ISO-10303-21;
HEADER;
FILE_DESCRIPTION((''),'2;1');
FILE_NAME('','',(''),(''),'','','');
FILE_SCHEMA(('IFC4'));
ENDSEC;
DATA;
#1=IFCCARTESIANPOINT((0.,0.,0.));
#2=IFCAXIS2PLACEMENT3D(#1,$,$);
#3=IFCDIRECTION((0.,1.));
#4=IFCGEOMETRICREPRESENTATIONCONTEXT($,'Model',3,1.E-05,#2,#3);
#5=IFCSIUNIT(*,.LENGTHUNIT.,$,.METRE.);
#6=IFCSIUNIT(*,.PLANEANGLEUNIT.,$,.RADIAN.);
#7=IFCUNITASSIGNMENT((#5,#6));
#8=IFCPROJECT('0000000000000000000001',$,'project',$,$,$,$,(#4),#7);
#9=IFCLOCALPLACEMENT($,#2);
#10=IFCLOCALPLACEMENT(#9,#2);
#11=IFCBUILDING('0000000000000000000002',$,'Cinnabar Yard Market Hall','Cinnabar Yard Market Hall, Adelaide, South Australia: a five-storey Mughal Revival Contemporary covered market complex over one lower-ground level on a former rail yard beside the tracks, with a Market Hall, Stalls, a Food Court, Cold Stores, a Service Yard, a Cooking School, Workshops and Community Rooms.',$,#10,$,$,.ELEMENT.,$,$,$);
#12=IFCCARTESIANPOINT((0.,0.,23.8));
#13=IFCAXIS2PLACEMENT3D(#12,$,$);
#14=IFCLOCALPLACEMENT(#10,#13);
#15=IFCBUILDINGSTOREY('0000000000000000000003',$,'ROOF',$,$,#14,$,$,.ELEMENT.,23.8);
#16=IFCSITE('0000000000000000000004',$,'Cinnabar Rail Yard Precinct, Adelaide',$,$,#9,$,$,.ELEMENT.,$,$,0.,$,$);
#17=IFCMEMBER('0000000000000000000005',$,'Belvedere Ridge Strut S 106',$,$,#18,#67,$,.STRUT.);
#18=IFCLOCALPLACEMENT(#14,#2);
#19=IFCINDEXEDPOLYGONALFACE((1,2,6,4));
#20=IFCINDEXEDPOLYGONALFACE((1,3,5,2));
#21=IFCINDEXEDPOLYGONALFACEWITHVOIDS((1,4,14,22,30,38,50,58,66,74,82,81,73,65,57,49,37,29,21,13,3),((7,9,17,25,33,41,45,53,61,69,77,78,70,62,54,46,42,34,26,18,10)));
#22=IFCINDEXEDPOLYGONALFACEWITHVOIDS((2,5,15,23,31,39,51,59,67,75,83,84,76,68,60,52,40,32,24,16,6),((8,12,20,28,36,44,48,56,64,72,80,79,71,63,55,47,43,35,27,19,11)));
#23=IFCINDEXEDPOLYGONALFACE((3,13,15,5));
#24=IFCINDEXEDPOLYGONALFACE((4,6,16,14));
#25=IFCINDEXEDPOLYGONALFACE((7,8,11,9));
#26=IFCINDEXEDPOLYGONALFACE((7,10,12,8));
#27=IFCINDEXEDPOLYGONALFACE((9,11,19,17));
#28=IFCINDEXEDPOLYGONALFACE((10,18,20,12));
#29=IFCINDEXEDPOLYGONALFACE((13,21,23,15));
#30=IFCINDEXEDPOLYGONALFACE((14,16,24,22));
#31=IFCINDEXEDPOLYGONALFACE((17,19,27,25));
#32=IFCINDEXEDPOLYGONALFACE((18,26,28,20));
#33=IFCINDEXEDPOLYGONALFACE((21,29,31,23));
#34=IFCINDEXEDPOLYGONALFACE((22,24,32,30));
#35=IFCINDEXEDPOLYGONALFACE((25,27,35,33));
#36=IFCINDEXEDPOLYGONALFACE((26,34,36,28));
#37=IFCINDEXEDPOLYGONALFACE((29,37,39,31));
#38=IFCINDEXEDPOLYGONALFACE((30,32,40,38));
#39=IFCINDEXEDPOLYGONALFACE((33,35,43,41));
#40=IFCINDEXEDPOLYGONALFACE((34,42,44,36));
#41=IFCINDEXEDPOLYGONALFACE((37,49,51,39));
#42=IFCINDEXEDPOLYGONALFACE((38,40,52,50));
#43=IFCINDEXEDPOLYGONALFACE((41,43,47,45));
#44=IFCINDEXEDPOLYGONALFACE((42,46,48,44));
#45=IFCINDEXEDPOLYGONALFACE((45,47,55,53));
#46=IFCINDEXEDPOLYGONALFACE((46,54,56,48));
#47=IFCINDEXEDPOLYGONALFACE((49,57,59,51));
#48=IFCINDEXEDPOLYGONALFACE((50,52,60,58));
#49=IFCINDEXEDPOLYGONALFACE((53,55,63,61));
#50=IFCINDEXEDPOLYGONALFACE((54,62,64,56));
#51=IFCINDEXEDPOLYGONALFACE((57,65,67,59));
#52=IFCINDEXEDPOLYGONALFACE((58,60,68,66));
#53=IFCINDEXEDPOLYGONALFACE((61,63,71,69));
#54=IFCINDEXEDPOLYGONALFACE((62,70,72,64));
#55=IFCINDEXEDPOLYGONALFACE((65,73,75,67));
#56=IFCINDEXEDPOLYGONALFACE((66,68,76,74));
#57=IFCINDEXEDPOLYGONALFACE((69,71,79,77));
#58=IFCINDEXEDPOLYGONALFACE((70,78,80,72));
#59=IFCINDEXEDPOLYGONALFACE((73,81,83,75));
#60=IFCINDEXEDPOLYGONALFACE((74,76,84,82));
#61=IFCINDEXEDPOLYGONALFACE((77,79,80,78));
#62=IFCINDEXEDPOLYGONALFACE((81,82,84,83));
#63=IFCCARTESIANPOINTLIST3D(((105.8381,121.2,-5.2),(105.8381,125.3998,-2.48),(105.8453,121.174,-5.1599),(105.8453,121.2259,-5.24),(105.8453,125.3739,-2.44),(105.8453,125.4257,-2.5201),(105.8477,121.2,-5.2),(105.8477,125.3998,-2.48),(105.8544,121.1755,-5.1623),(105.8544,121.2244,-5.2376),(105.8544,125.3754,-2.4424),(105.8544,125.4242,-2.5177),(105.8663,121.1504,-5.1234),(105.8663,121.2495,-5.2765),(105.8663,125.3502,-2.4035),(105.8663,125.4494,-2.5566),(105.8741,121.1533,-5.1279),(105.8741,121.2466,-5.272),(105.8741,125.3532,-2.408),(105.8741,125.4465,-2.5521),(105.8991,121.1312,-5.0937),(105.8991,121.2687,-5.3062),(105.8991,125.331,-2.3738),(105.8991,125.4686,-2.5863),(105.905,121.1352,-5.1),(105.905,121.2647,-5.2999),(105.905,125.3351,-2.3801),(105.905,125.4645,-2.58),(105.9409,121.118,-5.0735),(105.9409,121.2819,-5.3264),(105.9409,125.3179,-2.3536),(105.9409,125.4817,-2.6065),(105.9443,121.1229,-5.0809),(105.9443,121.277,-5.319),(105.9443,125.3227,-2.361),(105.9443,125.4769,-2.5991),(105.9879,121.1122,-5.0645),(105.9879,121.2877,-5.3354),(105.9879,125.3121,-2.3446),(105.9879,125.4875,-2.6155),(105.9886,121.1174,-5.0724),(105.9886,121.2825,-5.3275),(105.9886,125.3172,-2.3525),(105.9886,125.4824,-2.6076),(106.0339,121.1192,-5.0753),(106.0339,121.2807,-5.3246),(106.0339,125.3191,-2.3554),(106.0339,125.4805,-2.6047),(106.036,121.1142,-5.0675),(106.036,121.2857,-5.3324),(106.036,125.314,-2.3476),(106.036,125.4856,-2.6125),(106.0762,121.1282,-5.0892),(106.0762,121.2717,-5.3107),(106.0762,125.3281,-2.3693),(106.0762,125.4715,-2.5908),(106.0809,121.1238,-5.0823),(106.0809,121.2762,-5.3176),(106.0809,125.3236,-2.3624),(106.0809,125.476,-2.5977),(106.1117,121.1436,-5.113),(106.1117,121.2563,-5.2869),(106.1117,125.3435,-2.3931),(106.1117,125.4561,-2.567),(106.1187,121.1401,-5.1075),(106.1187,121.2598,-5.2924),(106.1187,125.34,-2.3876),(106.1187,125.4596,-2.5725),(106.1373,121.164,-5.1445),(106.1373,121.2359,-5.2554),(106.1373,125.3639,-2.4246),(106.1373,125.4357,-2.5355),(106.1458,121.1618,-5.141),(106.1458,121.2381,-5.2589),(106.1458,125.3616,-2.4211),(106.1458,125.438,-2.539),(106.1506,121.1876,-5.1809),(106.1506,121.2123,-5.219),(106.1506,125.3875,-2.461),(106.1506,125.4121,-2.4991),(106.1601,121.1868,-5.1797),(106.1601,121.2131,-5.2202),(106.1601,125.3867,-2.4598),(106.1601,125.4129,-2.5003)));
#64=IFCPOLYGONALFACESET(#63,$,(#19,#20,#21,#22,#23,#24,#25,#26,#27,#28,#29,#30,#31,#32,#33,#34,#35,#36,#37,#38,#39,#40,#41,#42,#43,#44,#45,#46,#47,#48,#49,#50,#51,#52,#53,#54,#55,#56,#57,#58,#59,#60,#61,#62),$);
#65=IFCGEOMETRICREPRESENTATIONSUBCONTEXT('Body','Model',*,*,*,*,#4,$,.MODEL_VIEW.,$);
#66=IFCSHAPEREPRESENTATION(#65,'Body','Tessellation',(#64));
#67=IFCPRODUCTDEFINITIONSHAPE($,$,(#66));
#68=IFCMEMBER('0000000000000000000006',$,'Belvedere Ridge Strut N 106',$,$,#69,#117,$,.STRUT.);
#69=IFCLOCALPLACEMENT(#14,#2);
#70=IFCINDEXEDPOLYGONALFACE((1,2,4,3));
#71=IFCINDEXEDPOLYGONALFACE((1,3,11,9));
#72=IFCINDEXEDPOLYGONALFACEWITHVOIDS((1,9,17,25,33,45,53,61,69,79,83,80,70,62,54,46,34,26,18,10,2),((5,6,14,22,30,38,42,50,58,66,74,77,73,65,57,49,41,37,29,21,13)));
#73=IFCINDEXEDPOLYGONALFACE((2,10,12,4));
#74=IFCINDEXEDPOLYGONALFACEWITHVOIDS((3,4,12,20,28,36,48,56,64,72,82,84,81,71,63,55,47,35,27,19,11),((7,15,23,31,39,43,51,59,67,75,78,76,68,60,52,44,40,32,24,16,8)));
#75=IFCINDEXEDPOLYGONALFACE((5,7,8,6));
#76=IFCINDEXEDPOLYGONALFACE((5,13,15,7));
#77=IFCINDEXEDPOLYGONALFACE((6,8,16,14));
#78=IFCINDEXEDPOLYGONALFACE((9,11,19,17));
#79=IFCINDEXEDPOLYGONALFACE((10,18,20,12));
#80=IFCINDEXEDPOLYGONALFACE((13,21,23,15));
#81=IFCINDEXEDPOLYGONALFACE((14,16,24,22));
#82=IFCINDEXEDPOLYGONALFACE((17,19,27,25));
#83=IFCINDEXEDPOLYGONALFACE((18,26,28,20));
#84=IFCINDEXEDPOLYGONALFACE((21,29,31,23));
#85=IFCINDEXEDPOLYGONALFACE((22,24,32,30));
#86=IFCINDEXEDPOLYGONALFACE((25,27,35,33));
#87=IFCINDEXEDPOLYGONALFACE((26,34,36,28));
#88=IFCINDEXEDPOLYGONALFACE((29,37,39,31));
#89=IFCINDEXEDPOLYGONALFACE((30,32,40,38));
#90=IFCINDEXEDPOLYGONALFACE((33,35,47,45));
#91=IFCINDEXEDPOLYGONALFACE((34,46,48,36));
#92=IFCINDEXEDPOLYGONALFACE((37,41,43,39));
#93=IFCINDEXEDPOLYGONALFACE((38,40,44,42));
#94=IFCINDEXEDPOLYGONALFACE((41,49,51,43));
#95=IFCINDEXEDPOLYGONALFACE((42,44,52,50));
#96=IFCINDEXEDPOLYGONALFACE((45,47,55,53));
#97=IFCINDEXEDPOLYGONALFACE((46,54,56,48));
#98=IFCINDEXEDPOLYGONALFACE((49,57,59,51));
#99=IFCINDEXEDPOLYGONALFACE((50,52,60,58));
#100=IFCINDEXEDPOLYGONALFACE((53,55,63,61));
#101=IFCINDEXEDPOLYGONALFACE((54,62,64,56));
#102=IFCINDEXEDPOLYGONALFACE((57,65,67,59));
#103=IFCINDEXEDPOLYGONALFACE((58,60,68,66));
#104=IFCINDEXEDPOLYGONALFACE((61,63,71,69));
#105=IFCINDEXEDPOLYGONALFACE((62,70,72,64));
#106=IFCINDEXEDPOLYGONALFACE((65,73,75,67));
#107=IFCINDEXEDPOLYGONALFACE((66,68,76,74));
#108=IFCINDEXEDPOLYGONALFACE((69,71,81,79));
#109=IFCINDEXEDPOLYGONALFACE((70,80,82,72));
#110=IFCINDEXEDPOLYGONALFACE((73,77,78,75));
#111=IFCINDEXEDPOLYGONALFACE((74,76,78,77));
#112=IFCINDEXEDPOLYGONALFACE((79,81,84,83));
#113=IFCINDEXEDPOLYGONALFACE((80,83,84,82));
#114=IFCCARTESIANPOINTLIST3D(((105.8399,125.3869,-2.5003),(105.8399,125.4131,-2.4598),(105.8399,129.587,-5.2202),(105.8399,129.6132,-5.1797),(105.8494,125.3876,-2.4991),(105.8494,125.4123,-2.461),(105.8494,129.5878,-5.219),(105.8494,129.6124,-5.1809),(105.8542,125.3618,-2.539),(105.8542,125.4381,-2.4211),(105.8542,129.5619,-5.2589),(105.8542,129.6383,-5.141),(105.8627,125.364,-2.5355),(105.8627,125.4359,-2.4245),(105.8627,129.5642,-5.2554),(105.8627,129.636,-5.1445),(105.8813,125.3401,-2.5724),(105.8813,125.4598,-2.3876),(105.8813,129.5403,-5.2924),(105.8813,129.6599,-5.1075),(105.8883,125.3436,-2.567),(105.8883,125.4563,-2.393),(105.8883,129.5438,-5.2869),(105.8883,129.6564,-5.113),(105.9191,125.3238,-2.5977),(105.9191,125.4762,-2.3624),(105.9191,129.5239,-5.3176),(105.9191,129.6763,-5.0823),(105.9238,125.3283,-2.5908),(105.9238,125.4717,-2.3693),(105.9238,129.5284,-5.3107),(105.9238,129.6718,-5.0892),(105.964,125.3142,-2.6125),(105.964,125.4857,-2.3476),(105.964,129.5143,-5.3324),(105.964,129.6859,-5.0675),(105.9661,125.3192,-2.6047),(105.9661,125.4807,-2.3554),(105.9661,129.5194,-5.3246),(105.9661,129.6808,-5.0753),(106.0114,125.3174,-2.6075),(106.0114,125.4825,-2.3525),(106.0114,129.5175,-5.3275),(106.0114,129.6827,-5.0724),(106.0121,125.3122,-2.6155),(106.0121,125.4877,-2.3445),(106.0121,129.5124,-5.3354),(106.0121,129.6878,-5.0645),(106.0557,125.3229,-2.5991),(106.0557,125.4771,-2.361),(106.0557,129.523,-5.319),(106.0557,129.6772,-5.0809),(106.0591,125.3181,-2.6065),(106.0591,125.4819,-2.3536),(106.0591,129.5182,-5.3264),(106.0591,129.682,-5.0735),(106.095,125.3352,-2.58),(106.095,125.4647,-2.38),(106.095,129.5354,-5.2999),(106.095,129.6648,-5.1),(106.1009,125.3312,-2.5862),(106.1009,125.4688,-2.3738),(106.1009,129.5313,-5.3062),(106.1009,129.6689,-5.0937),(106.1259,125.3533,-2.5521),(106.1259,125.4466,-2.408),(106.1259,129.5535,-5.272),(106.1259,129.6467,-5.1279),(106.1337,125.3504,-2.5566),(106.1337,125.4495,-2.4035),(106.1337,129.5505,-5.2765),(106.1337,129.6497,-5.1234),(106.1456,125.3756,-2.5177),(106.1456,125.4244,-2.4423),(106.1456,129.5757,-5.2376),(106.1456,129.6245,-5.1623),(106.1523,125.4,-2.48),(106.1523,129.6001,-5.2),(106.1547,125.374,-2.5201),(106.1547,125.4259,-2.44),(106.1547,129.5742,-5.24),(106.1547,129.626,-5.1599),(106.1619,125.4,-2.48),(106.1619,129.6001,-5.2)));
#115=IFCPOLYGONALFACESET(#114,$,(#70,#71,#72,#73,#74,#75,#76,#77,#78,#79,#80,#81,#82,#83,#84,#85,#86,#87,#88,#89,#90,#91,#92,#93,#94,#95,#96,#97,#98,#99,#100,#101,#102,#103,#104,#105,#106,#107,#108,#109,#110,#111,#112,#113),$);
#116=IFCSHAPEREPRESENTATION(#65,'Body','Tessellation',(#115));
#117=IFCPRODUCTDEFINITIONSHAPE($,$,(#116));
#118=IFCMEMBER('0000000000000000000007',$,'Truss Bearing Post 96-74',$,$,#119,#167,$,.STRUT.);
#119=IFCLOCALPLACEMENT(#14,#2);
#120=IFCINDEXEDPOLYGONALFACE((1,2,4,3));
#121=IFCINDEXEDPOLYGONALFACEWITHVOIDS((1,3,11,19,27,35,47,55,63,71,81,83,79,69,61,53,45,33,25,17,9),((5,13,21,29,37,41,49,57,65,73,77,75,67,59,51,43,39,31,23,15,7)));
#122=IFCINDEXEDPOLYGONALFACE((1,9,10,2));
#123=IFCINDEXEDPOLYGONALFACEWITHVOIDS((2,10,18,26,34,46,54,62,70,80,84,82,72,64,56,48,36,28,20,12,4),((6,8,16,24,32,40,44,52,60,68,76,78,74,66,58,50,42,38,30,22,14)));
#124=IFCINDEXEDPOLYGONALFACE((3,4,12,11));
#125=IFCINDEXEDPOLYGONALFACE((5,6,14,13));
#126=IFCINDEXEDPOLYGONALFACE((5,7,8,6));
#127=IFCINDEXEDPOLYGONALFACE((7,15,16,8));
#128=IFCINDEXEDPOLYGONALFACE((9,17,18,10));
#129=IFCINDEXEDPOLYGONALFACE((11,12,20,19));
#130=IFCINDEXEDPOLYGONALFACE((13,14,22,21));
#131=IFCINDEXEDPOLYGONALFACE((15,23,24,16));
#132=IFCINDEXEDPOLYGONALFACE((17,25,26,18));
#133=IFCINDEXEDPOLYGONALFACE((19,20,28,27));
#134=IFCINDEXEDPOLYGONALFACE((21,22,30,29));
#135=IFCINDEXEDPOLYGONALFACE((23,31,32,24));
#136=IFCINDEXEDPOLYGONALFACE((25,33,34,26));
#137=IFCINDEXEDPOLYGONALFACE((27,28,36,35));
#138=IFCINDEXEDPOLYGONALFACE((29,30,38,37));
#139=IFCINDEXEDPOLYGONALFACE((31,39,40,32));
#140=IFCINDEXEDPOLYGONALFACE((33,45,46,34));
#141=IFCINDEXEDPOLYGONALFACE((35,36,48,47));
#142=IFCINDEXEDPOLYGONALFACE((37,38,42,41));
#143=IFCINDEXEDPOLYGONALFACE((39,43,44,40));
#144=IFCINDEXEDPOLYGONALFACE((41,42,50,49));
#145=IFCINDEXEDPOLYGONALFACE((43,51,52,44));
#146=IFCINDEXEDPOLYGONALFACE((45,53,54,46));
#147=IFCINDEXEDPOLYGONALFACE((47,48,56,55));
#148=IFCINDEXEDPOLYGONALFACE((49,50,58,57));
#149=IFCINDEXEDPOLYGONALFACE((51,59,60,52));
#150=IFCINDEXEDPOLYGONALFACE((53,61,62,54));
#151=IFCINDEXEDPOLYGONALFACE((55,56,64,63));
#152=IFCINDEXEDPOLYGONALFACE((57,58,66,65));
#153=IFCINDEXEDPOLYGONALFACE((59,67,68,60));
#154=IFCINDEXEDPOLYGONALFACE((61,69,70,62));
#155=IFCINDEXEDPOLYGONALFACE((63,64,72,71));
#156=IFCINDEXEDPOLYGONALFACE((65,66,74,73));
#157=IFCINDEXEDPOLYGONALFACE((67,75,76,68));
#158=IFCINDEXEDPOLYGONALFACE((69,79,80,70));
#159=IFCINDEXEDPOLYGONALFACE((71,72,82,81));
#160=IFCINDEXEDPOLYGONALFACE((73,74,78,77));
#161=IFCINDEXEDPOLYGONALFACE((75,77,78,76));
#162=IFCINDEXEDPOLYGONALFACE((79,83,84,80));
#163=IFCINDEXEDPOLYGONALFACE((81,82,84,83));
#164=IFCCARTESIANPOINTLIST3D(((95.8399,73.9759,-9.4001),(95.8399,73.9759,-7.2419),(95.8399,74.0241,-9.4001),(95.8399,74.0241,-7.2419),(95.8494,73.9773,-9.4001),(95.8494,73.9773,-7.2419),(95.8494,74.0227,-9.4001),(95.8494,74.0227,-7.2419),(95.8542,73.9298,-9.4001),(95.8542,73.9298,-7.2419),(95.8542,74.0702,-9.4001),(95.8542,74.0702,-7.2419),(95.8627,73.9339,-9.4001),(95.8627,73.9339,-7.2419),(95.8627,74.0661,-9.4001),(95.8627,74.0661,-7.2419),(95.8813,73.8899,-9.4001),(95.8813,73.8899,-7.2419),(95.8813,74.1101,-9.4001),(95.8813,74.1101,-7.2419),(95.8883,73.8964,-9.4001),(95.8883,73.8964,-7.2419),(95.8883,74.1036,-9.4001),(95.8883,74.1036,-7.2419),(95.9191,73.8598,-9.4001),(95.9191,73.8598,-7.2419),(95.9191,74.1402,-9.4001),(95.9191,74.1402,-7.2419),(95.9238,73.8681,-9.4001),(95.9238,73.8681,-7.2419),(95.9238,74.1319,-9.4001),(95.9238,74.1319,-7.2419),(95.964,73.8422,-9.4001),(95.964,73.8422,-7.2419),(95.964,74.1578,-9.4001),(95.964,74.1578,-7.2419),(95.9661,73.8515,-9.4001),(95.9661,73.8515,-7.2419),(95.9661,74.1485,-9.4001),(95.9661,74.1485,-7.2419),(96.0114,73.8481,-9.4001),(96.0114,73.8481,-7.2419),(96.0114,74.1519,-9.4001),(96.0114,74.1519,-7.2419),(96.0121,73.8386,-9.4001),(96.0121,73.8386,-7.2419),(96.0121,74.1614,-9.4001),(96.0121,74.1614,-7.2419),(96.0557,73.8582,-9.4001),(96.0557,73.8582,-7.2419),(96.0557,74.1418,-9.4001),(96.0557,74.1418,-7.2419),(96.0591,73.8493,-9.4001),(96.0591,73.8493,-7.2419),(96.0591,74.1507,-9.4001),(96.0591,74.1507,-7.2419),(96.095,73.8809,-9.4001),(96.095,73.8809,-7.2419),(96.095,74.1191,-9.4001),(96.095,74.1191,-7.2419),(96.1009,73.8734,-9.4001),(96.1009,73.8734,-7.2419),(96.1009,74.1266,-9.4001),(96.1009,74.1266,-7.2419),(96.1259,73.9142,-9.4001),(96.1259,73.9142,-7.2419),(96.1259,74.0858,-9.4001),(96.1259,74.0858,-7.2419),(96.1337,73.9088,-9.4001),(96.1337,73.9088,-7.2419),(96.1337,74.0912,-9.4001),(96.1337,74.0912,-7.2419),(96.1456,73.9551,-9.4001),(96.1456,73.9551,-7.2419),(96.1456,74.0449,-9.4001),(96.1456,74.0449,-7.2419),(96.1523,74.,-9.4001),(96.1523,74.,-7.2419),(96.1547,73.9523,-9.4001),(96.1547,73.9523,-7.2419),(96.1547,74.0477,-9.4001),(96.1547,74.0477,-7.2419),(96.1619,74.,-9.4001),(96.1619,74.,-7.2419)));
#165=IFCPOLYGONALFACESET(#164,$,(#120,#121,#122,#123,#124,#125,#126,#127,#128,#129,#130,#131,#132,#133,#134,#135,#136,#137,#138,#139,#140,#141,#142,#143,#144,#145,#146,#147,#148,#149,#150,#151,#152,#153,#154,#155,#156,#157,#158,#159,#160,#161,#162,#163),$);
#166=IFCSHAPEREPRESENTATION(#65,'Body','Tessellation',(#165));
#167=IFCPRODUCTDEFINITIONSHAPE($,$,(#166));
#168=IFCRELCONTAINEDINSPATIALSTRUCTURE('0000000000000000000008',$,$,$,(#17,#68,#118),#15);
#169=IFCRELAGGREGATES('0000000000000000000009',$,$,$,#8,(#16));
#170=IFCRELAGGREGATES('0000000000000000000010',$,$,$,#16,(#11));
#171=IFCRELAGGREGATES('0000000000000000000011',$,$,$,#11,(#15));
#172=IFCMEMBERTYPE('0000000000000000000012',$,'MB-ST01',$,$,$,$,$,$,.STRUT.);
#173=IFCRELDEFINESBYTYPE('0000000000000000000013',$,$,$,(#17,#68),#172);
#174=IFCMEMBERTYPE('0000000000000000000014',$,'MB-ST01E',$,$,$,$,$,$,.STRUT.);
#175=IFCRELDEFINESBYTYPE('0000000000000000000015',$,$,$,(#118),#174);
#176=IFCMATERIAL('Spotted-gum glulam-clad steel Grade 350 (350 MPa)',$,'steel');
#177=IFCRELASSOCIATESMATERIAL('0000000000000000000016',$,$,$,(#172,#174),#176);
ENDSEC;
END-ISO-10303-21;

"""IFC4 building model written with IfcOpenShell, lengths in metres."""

from ifc_helpers import new_model, si_unit, direction, frame, origin, origin_2d_with_axis, place, context, subcontext, project, spatial, hollow_circle, extrude, material, material_profile, profile_set, type_object, element, save


model = new_model("IFC4")

# Units and contexts
model_context = context("Model", 3, precision=1e-05, world=origin(), true_north=direction((0.0, 1.0)))
body_context = subcontext(model_context, "Body", "Model", "MODEL_VIEW")
ifc_project = project(units=[si_unit("LENGTHUNIT", "METRE"), si_unit("PLANEANGLEUNIT", "RADIAN")], contexts=[model_context])

# Site, building, storey
site_placement = place(None, origin())
site = spatial("IfcSite", under=ifc_project, at=site_placement, Name="Cinnabar Rail Yard Precinct, Adelaide", CompositionType="ELEMENT", RefElevation=0.0)
building_placement = place(site_placement, origin())
building = spatial("IfcBuilding", under=site, at=building_placement, Name="Cinnabar Yard Market Hall", Description="Cinnabar Yard Market Hall, Adelaide, South Australia: a five-storey Mughal Revival Contemporary covered market complex over one lower-ground level on a former rail yard beside the tracks, with a Market Hall, Stalls, a Food Court, Cold Stores, a Service Yard, a Cooking School, Workshops and Community Rooms.", CompositionType="ELEMENT")
storey_placement = place(building_placement, frame((0.0, 0.0, 23.8)))
storey = spatial("IfcBuildingStorey", under=building, at=storey_placement, Name="ROOF", CompositionType="ELEMENT", Elevation=23.8)

# Members
ifc_material_1 = material(Name="Spotted-gum glulam-clad steel Grade 350 (350 MPa)", Category="steel")
ifc_material_profile_1 = material_profile(ifc_material_1, hollow_circle(Radius=0.1619, WallThickness=0.0095, at=origin_2d_with_axis()), Name="323.9x9.5CHS")
ifc_profile_set_1 = profile_set([ifc_material_profile_1], Name="Spotted-gum glulam-clad steel Grade 350 (350 MPa)")
member_type_1 = type_object("IfcMemberType", Name="MB-ST01", PredefinedType="STRUT", material=ifc_profile_set_1)
member_1_placement = place(storey_placement, frame((106.0, 121.2, -5.2), z_axis=(0.0, 0.839355, 0.543583), x_axis=(-1.0, 0.0, 0.0)))
element("IfcMember", 1, at=member_1_placement, inside=storey, type_object=member_type_1, Name="Belvedere Ridge Strut S 106", PredefinedType="STRUT", context=body_context, shape_type="SweptSolid", body=[
    extrude(hollow_circle(Radius=0.1619, WallThickness=0.0095, at=origin_2d_with_axis()), origin(), (0.0, 0.0, 1.0), 5.0037),
])
member_2_placement = place(storey_placement, frame((106.0, 129.6001, -5.2), z_axis=(0.0, -0.83937, 0.543561), x_axis=(1.0, 0.0, 0.0)))
element("IfcMember", 2, at=member_2_placement, inside=storey, type_object=member_type_1, Name="Belvedere Ridge Strut N 106", PredefinedType="STRUT", context=body_context, shape_type="SweptSolid", body=[
    extrude(hollow_circle(Radius=0.1619, WallThickness=0.0095, at=origin_2d_with_axis()), origin(), (0.0, 0.0, 1.0), 5.0039),
])
ifc_material_profile_2 = material_profile(ifc_material_1, hollow_circle(Radius=0.1619, WallThickness=0.0095, at=origin_2d_with_axis()), Name="323.9x9.5CHS")
ifc_profile_set_2 = profile_set([ifc_material_profile_2], Name="Spotted-gum glulam-clad steel Grade 350 (350 MPa)")
member_type_2 = type_object("IfcMemberType", Name="MB-ST01E", PredefinedType="STRUT", material=ifc_profile_set_2)
for number, where, z_axis, x_axis, name in (
    (3, (96.0, 74.0, -9.4001), (0.0, 0.0, 1.0), (1.0, 0.0, 0.0), "Truss Bearing Post 96-74"),
):
    element("IfcMember", number, at=place(storey_placement, frame(where, z_axis=z_axis, x_axis=x_axis)), inside=storey, type_object=member_type_2, Name=name, PredefinedType="STRUT", context=body_context, shape_type="SweptSolid", body=[
        extrude(hollow_circle(Radius=0.1619, WallThickness=0.0095, at=origin_2d_with_axis()), origin(), (0.0, 0.0, 1.0), 2.1582),
    ])

save(model, "model.ifc")
